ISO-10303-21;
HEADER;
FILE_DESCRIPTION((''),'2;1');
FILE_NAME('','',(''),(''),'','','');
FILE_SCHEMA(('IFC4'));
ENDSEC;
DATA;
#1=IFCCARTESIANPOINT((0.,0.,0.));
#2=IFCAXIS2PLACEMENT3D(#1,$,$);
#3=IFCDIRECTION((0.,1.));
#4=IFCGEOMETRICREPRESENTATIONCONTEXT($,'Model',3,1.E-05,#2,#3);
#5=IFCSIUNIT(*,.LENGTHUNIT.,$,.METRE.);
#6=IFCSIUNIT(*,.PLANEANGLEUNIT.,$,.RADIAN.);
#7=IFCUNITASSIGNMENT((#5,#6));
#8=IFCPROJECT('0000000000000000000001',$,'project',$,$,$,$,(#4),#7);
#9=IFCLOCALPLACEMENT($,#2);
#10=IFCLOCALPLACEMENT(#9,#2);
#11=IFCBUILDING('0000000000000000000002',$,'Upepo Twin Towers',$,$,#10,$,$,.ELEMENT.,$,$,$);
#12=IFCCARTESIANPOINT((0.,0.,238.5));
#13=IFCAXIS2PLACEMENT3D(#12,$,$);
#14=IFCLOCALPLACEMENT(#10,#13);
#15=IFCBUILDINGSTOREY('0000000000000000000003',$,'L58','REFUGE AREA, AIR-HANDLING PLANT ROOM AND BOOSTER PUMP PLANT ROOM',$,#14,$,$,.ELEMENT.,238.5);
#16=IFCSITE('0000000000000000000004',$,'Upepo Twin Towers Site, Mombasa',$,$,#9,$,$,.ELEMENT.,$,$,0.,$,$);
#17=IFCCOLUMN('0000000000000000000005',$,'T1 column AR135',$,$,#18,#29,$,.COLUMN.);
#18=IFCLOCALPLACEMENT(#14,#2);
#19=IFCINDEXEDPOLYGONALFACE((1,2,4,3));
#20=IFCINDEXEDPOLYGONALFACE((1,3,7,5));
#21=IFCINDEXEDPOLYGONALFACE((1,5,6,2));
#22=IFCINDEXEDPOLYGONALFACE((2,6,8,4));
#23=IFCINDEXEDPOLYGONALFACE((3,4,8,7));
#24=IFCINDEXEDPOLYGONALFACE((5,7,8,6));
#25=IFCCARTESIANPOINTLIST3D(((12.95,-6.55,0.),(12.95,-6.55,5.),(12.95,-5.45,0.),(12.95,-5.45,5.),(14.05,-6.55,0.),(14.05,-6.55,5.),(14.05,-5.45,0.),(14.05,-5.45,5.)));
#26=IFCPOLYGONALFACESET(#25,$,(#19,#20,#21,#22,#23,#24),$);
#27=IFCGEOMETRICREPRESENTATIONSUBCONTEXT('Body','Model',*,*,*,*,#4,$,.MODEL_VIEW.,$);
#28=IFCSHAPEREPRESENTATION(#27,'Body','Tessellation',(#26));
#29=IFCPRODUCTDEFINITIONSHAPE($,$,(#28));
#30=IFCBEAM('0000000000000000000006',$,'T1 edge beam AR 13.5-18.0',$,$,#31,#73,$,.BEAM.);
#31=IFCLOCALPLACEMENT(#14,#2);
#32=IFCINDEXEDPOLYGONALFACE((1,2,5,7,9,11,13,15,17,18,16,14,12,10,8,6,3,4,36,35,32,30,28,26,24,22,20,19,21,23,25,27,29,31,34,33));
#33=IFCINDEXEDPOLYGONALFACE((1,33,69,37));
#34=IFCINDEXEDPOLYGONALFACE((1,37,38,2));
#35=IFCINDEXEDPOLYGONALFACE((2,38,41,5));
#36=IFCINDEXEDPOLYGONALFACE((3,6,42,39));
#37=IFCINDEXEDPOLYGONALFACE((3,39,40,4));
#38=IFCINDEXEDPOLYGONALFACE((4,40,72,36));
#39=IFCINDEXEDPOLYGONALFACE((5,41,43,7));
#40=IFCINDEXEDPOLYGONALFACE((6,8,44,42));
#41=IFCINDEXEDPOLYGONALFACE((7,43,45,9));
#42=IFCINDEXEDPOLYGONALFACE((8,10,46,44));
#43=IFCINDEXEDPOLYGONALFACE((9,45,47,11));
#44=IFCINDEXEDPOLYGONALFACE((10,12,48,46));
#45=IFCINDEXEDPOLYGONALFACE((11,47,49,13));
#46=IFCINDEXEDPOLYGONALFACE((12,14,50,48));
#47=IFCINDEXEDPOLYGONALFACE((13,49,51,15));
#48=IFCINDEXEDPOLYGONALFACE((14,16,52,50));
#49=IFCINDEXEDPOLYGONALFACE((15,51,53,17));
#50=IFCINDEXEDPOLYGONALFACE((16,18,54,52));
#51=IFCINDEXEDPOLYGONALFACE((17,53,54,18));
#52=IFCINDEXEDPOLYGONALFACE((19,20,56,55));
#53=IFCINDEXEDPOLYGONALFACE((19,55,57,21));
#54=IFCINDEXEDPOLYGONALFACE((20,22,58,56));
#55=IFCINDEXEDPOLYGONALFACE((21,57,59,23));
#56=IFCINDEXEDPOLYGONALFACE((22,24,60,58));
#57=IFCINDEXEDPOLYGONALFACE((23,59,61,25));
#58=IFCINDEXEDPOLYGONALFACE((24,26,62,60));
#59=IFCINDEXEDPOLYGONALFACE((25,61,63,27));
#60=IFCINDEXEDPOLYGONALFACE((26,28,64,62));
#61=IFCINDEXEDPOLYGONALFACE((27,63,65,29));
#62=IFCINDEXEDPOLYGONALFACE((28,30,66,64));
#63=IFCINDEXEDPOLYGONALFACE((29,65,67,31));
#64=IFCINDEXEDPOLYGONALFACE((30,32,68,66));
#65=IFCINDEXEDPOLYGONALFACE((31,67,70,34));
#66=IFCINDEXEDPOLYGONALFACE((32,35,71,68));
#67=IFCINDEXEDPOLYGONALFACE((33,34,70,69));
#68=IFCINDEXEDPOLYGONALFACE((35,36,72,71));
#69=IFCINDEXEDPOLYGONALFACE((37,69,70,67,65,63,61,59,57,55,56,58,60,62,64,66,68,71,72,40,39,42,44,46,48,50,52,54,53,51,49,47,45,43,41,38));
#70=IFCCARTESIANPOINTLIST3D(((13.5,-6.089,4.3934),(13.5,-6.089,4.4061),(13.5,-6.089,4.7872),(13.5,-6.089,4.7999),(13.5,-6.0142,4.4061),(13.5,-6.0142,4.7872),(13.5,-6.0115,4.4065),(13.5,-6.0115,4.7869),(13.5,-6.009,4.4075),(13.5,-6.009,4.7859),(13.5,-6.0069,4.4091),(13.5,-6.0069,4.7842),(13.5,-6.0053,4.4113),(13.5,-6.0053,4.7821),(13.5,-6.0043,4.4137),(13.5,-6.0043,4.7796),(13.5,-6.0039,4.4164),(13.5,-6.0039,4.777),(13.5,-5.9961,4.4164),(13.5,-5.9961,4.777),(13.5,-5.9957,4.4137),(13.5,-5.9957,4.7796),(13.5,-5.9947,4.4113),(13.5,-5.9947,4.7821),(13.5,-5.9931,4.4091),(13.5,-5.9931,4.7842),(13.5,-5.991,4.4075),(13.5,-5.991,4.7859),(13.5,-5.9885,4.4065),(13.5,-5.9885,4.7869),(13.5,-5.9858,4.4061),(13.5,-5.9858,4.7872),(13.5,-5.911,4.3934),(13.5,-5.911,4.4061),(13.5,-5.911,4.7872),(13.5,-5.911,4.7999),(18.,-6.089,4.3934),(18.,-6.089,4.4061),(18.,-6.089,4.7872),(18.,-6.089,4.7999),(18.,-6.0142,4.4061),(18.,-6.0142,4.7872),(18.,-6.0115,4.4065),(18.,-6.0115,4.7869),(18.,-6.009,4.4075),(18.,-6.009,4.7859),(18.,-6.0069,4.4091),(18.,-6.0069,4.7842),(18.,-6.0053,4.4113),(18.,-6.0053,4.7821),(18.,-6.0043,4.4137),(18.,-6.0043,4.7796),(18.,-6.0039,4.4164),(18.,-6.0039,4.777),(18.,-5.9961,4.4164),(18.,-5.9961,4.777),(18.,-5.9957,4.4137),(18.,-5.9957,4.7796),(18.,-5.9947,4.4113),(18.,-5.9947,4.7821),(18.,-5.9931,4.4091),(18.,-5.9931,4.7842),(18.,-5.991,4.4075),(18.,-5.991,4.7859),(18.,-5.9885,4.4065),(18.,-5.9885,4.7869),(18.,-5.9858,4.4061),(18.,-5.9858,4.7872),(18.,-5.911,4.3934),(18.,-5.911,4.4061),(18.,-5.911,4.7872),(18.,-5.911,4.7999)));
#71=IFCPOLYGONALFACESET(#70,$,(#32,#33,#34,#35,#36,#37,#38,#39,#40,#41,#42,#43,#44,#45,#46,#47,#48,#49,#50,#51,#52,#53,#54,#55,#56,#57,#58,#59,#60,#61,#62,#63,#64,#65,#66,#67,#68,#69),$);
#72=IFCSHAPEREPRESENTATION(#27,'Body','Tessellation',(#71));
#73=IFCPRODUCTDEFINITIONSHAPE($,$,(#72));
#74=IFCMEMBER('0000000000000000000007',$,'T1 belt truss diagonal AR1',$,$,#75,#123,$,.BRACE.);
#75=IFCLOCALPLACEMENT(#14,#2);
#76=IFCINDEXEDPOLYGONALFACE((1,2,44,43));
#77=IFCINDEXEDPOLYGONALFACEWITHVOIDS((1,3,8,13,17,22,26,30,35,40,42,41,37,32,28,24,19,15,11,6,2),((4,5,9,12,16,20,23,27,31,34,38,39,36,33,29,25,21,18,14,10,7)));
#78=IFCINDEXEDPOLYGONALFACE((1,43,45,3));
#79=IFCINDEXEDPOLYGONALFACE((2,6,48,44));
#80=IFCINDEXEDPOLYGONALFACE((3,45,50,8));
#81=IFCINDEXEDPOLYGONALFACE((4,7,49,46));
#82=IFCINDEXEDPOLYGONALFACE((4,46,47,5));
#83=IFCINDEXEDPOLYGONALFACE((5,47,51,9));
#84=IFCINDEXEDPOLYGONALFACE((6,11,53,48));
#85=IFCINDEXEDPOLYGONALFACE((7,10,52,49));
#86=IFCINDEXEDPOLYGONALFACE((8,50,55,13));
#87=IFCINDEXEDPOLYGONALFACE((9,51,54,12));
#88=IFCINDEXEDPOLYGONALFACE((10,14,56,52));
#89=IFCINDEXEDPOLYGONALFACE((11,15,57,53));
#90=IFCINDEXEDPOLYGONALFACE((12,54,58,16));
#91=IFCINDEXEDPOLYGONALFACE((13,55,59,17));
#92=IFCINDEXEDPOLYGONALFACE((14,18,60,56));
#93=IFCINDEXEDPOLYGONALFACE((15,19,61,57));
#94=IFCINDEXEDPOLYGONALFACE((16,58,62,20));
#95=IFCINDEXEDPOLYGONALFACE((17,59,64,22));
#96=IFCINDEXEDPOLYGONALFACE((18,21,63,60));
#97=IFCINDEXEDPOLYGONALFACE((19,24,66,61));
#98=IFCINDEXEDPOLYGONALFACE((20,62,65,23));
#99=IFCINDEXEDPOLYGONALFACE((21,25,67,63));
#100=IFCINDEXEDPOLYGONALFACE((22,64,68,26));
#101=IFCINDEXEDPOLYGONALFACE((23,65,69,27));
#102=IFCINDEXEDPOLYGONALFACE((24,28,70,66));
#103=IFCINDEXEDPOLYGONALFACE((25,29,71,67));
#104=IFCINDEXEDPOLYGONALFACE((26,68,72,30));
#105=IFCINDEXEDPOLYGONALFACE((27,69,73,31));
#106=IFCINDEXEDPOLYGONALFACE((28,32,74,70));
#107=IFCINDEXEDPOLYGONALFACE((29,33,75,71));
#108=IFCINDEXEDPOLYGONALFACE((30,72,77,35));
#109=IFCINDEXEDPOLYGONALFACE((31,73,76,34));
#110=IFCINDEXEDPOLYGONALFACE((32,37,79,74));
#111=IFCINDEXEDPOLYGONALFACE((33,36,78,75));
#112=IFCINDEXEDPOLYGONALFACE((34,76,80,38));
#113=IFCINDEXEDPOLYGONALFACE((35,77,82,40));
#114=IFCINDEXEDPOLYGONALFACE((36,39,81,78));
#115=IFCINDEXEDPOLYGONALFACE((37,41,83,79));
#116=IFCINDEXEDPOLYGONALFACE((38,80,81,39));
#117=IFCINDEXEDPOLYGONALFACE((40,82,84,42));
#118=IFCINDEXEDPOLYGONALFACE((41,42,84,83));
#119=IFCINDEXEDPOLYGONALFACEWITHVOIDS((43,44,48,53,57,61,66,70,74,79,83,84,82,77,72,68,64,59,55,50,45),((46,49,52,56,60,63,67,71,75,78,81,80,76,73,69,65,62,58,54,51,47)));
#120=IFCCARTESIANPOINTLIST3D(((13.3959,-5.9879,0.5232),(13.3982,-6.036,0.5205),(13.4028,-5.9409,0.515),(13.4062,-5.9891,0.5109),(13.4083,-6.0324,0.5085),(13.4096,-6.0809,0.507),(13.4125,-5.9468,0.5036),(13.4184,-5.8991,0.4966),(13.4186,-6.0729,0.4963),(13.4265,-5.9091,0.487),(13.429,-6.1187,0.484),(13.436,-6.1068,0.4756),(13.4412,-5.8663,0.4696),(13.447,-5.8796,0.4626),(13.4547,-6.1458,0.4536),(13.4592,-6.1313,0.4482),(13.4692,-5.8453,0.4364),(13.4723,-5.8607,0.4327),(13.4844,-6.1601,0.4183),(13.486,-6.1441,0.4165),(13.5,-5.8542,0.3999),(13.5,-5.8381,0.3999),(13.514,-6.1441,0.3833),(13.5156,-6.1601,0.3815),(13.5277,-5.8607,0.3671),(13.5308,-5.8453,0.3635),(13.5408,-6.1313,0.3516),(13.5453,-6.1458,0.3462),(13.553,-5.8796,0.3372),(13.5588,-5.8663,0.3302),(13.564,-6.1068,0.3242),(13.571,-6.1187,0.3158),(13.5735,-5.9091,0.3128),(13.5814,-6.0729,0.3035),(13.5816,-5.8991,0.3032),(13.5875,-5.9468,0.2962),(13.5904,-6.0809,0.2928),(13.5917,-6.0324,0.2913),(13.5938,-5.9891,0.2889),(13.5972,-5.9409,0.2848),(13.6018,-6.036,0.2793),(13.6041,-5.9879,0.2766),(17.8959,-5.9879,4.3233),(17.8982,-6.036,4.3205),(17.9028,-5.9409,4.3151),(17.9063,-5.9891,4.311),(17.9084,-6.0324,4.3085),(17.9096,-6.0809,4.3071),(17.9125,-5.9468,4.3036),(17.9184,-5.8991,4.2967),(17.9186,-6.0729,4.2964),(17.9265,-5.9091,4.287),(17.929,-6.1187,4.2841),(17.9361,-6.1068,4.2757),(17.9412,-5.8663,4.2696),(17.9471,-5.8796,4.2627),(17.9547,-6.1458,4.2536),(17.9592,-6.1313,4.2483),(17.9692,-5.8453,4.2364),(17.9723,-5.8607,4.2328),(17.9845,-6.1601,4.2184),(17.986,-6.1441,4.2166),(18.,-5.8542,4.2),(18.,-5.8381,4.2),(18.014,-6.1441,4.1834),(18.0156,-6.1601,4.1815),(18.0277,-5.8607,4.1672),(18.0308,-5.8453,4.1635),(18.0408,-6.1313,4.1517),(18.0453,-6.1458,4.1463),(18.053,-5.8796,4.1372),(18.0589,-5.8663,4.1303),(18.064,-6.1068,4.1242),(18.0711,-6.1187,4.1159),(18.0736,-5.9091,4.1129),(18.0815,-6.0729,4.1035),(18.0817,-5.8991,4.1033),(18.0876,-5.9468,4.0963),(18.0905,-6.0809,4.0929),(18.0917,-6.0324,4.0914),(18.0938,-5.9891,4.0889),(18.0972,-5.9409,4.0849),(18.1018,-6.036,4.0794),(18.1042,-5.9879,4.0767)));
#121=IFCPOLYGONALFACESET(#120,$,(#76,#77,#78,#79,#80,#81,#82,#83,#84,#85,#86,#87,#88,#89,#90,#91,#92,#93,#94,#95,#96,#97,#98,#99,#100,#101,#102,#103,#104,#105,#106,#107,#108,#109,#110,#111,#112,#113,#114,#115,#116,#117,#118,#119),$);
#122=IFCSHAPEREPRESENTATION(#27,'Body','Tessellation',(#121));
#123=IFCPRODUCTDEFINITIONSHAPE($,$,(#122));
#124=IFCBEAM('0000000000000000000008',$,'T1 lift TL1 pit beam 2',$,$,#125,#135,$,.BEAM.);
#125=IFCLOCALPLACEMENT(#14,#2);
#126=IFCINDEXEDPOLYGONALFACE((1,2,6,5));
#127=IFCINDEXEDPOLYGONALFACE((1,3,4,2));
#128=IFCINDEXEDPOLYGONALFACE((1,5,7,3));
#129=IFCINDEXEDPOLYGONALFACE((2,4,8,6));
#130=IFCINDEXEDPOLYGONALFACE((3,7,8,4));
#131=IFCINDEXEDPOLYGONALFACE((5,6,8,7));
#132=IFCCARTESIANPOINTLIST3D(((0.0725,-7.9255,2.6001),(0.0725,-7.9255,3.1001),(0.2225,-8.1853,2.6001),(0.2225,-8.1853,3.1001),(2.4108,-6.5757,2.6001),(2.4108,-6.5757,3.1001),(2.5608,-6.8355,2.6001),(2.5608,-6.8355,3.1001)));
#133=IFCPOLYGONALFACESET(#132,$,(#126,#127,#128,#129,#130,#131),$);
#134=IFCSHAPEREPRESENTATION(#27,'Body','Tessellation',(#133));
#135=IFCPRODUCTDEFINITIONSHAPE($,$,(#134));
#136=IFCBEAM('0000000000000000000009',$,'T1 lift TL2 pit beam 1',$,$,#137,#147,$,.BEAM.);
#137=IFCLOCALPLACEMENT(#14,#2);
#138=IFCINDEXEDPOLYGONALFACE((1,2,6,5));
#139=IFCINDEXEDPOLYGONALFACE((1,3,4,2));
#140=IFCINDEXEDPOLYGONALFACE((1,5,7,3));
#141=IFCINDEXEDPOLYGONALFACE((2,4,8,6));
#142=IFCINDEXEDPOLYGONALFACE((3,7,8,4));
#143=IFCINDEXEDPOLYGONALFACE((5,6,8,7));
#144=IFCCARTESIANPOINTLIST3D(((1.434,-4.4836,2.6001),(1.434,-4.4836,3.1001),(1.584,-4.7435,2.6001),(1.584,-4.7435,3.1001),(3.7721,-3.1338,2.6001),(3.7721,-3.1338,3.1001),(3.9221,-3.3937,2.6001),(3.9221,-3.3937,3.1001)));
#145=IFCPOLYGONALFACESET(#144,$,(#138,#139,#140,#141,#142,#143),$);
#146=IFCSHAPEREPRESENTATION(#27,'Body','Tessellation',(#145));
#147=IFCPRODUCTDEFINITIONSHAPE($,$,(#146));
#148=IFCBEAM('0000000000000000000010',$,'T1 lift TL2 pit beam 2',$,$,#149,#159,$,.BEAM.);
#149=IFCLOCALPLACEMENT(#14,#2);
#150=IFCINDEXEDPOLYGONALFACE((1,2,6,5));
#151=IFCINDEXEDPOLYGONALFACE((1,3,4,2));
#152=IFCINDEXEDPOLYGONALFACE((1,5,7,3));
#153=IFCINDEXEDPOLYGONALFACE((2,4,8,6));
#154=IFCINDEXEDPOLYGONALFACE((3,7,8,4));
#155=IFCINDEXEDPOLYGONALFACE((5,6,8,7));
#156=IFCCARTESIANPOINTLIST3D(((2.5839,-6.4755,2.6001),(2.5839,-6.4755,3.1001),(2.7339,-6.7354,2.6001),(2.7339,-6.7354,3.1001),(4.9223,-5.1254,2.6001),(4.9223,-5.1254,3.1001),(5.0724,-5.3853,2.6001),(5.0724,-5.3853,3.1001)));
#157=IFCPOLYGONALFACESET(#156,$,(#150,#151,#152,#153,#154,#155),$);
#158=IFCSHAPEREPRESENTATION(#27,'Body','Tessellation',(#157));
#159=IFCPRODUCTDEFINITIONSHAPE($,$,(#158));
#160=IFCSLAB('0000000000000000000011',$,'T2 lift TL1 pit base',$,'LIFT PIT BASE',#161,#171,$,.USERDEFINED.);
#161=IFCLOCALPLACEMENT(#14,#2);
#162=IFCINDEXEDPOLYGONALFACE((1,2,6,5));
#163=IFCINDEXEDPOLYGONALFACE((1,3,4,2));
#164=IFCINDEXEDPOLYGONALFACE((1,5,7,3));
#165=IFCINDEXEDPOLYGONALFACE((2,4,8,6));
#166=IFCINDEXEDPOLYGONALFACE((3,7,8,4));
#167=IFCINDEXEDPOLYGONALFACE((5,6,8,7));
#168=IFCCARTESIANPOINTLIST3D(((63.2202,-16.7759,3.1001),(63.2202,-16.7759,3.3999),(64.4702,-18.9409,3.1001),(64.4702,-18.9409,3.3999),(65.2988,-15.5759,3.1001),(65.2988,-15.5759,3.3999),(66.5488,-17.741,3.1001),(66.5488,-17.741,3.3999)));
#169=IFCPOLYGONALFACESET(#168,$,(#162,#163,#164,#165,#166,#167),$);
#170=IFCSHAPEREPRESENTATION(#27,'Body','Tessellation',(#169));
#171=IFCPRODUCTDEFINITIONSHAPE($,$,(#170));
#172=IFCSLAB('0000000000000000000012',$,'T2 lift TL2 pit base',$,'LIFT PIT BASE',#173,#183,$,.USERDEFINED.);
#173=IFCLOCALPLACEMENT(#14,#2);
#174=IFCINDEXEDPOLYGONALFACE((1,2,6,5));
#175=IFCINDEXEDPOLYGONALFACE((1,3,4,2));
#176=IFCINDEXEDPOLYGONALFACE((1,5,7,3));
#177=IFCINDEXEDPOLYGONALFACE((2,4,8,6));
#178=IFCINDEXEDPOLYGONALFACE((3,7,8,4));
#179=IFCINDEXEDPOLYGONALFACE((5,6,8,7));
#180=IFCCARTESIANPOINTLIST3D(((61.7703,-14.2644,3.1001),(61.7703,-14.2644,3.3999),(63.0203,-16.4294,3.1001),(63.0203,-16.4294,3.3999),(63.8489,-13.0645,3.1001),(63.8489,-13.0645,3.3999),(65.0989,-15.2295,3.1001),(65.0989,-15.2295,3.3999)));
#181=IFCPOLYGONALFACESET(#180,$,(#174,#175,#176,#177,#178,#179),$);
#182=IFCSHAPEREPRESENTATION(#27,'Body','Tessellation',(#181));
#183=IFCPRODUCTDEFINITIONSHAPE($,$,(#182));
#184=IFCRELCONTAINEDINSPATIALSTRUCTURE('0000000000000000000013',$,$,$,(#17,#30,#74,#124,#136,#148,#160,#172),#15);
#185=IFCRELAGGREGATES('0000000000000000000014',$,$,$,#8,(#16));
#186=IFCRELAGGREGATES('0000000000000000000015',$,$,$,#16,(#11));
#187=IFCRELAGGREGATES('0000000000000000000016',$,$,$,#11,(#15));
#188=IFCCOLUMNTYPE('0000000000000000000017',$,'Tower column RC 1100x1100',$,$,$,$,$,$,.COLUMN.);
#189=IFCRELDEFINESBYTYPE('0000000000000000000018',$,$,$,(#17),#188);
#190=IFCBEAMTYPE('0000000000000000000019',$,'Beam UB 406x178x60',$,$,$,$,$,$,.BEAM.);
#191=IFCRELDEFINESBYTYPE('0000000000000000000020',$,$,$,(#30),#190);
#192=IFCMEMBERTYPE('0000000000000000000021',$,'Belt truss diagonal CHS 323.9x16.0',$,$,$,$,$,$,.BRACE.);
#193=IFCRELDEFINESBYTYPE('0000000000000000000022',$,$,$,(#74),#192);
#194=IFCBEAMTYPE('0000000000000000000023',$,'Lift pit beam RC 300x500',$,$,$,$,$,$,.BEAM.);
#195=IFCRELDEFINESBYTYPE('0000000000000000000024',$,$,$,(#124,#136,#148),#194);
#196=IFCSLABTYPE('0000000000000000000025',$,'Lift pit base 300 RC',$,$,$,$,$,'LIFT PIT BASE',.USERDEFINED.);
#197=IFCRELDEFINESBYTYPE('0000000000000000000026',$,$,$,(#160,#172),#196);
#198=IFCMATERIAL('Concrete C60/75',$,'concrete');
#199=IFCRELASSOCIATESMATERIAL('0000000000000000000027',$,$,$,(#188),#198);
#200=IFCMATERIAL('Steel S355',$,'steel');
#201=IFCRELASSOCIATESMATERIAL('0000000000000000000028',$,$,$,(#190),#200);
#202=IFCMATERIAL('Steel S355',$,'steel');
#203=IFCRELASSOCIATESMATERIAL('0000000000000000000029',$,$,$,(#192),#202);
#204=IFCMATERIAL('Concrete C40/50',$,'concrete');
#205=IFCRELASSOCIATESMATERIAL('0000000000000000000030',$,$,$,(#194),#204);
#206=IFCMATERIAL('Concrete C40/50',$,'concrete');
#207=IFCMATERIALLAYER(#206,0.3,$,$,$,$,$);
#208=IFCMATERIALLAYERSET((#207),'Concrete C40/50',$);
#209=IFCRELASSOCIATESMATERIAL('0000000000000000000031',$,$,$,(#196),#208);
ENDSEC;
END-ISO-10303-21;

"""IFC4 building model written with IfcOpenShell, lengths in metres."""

from ifc_helpers import new_model, si_unit, direction, frame, origin, origin_2d, place, context, subcontext, project, spatial, polyline, rectangle, hollow_circle, i_section, outline, extrude, material, layer, layer_set, material_profile, profile_set, type_object, element, save


model = new_model("IFC4")

# Units and contexts
model_context = context("Model", 3, precision=1e-05, world=origin(), true_north=direction((0.0, 1.0)))
body_context = subcontext(model_context, "Body", "Model", "MODEL_VIEW")
ifc_project = project(units=[si_unit("LENGTHUNIT", "METRE"), si_unit("PLANEANGLEUNIT", "RADIAN")], contexts=[model_context])

# Site, building, storey
site_placement = place(None, origin())
site = spatial("IfcSite", under=ifc_project, at=site_placement, Name="Upepo Twin Towers Site, Mombasa", CompositionType="ELEMENT", RefElevation=0.0)
building_placement = place(site_placement, origin())
building = spatial("IfcBuilding", under=site, at=building_placement, Name="Upepo Twin Towers", CompositionType="ELEMENT")
storey_placement = place(building_placement, frame((0.0, 0.0, 238.5)))
storey = spatial("IfcBuildingStorey", under=building, at=storey_placement, Name="L58", Description="REFUGE AREA, AIR-HANDLING PLANT ROOM AND BOOSTER PUMP PLANT ROOM", CompositionType="ELEMENT", Elevation=238.5)

# Column
ifc_material_1 = material(Name="Concrete C60/75", Category="concrete")
ifc_material_profile_1 = material_profile(ifc_material_1, rectangle(XDim=1.1001, YDim=1.1001, at=origin_2d()), Name="RC 1100x1100")
ifc_profile_set_1 = profile_set([ifc_material_profile_1], Name="Concrete C60/75")
column_type = type_object("IfcColumnType", Name="Tower column RC 1100x1100", PredefinedType="COLUMN", material=ifc_profile_set_1)
column_placement = place(storey_placement, frame((13.5, -6.0, 0.0), z_axis=(0.0, 0.0, 1.0), x_axis=(1.0, 0.0, 0.0)))
element("IfcColumn", 1, at=column_placement, inside=storey, type_object=column_type, Name="T1 column AR135", PredefinedType="COLUMN", context=body_context, shape_type="SweptSolid", body=[
    extrude(rectangle(XDim=1.1001, YDim=1.1001, at=origin_2d()), origin(), (0.0, 0.0, 1.0), 5.0),
])

# Beam
ifc_material_2 = material(Name="Steel S355", Category="steel")
ifc_material_profile_2 = material_profile(ifc_material_2, i_section(OverallWidth=0.178, OverallDepth=0.4065, WebThickness=0.0078, FlangeThickness=0.0127, FilletRadius=0.0103, at=origin_2d()), Name="UB 406x178x60")
ifc_profile_set_2 = profile_set([ifc_material_profile_2], Name="Steel S355")
beam_type_1 = type_object("IfcBeamType", Name="Beam UB 406x178x60", PredefinedType="BEAM", material=ifc_profile_set_2)
beam_1_placement = place(storey_placement, frame((13.5, -6.0, 4.5967), z_axis=(1.0, 0.0, 0.0), x_axis=(0.0, 1.0, 0.0)))
element("IfcBeam", 2, at=beam_1_placement, inside=storey, type_object=beam_type_1, Name="T1 edge beam AR 13.5-18.0", PredefinedType="BEAM", context=body_context, shape_type="SweptSolid", body=[
    extrude(i_section(OverallWidth=0.178, OverallDepth=0.4065, WebThickness=0.0078, FlangeThickness=0.0127, FilletRadius=0.0103, at=origin_2d()), origin(), (0.0, 0.0, 1.0), 4.5),
])

# Member
ifc_material_3 = material(Name="Steel S355", Category="steel")
ifc_material_profile_3 = material_profile(ifc_material_3, hollow_circle(Radius=0.1619, WallThickness=0.0161, at=origin_2d()), Name="CHS 323.9x16.0")
ifc_profile_set_3 = profile_set([ifc_material_profile_3], Name="Steel S355")
member_type = type_object("IfcMemberType", Name="Belt truss diagonal CHS 323.9x16.0", PredefinedType="BRACE", material=ifc_profile_set_3)
member_placement = place(storey_placement, frame((13.5, -6.0, 0.3999), z_axis=(0.764026, 0.0, 0.645186), x_axis=(0.0, 1.0, 0.0)))
element("IfcMember", 3, at=member_placement, inside=storey, type_object=member_type, Name="T1 belt truss diagonal AR1", PredefinedType="BRACE", context=body_context, shape_type="SweptSolid", body=[
    extrude(hollow_circle(Radius=0.1619, WallThickness=0.0161, at=origin_2d()), origin(), (0.0, 0.0, 1.0), 5.8899),
])

# Beams
ifc_material_4 = material(Name="Concrete C40/50", Category="concrete")
ifc_material_profile_4 = material_profile(ifc_material_4, rectangle(XDim=0.3, YDim=0.5, at=origin_2d()), Name="RC 300x500")
ifc_profile_set_4 = profile_set([ifc_material_profile_4], Name="Concrete C40/50")
beam_type_2 = type_object("IfcBeamType", Name="Lift pit beam RC 300x500", PredefinedType="BEAM", material=ifc_profile_set_4)
beam_2_placement = place(storey_placement, frame((0.1475, -8.0554, 2.8501), z_axis=(0.866059, 0.499942, 0.0), x_axis=(-0.499942, 0.866059, 0.0)))
element("IfcBeam", 4, at=beam_2_placement, inside=storey, type_object=beam_type_2, Name="T1 lift TL1 pit beam 2", PredefinedType="BEAM", context=body_context, shape_type="SweptSolid", body=[
    extrude(rectangle(XDim=0.3, YDim=0.5, at=origin_2d()), origin(), (0.0, 0.0, 1.0), 2.7),
])
beam_3_placement = place(storey_placement, frame((1.509, -4.6135, 2.8501), z_axis=(0.866037, 0.499981, 0.0), x_axis=(-0.499981, 0.866037, 0.0)))
element("IfcBeam", 5, at=beam_3_placement, inside=storey, type_object=beam_type_2, Name="T1 lift TL2 pit beam 1", PredefinedType="BEAM", context=body_context, shape_type="SweptSolid", body=[
    extrude(rectangle(XDim=0.3, YDim=0.5, at=origin_2d()), origin(), (0.0, 0.0, 1.0), 2.6997),
])
beam_4_placement = place(storey_placement, frame((2.6589, -6.6055, 2.8501), z_axis=(0.86602, 0.500009, 0.0), x_axis=(-0.500009, 0.86602, 0.0)))
element("IfcBeam", 6, at=beam_4_placement, inside=storey, type_object=beam_type_2, Name="T1 lift TL2 pit beam 2", PredefinedType="BEAM", context=body_context, shape_type="SweptSolid", body=[
    extrude(rectangle(XDim=0.3, YDim=0.5, at=origin_2d()), origin(), (0.0, 0.0, 1.0), 2.7002),
])

# Slabs
ifc_material_5 = material(Name="Concrete C40/50", Category="concrete")
ifc_layer_1 = layer(ifc_material_5, 0.3)
ifc_layer_set_1 = layer_set([ifc_layer_1], Name="Concrete C40/50")
slab_type_1 = type_object("IfcSlabType", Name="Lift pit base 300 RC", ElementType="LIFT PIT BASE", PredefinedType="USERDEFINED", material=ifc_layer_set_1)
slab_1_placement = place(storey_placement, frame((0.0, 0.0, 3.1001)))
element("IfcSlab", 7, at=slab_1_placement, inside=storey, type_object=slab_type_1, Name="T2 lift TL1 pit base", ObjectType="LIFT PIT BASE", PredefinedType="USERDEFINED", context=body_context, shape_type="SweptSolid", body=[
    extrude(outline(polyline([(64.4702, -18.9409), (66.5488, -17.741), (65.2988, -15.5759), (63.2202, -16.7759), (64.4702, -18.9409)])), origin(), (0.0, 0.0, 1.0), 0.2998),
])
slab_2_placement = place(storey_placement, frame((0.0, 0.0, 3.1001)))
element("IfcSlab", 8, at=slab_2_placement, inside=storey, type_object=slab_type_1, Name="T2 lift TL2 pit base", ObjectType="LIFT PIT BASE", PredefinedType="USERDEFINED", context=body_context, shape_type="SweptSolid", body=[
    extrude(outline(polyline([(63.0203, -16.4294), (65.0989, -15.2295), (63.8489, -13.0645), (61.7703, -14.2644), (63.0203, -16.4294)])), origin(), (0.0, 0.0, 1.0), 0.2998),
])

save(model, "model.ifc")
